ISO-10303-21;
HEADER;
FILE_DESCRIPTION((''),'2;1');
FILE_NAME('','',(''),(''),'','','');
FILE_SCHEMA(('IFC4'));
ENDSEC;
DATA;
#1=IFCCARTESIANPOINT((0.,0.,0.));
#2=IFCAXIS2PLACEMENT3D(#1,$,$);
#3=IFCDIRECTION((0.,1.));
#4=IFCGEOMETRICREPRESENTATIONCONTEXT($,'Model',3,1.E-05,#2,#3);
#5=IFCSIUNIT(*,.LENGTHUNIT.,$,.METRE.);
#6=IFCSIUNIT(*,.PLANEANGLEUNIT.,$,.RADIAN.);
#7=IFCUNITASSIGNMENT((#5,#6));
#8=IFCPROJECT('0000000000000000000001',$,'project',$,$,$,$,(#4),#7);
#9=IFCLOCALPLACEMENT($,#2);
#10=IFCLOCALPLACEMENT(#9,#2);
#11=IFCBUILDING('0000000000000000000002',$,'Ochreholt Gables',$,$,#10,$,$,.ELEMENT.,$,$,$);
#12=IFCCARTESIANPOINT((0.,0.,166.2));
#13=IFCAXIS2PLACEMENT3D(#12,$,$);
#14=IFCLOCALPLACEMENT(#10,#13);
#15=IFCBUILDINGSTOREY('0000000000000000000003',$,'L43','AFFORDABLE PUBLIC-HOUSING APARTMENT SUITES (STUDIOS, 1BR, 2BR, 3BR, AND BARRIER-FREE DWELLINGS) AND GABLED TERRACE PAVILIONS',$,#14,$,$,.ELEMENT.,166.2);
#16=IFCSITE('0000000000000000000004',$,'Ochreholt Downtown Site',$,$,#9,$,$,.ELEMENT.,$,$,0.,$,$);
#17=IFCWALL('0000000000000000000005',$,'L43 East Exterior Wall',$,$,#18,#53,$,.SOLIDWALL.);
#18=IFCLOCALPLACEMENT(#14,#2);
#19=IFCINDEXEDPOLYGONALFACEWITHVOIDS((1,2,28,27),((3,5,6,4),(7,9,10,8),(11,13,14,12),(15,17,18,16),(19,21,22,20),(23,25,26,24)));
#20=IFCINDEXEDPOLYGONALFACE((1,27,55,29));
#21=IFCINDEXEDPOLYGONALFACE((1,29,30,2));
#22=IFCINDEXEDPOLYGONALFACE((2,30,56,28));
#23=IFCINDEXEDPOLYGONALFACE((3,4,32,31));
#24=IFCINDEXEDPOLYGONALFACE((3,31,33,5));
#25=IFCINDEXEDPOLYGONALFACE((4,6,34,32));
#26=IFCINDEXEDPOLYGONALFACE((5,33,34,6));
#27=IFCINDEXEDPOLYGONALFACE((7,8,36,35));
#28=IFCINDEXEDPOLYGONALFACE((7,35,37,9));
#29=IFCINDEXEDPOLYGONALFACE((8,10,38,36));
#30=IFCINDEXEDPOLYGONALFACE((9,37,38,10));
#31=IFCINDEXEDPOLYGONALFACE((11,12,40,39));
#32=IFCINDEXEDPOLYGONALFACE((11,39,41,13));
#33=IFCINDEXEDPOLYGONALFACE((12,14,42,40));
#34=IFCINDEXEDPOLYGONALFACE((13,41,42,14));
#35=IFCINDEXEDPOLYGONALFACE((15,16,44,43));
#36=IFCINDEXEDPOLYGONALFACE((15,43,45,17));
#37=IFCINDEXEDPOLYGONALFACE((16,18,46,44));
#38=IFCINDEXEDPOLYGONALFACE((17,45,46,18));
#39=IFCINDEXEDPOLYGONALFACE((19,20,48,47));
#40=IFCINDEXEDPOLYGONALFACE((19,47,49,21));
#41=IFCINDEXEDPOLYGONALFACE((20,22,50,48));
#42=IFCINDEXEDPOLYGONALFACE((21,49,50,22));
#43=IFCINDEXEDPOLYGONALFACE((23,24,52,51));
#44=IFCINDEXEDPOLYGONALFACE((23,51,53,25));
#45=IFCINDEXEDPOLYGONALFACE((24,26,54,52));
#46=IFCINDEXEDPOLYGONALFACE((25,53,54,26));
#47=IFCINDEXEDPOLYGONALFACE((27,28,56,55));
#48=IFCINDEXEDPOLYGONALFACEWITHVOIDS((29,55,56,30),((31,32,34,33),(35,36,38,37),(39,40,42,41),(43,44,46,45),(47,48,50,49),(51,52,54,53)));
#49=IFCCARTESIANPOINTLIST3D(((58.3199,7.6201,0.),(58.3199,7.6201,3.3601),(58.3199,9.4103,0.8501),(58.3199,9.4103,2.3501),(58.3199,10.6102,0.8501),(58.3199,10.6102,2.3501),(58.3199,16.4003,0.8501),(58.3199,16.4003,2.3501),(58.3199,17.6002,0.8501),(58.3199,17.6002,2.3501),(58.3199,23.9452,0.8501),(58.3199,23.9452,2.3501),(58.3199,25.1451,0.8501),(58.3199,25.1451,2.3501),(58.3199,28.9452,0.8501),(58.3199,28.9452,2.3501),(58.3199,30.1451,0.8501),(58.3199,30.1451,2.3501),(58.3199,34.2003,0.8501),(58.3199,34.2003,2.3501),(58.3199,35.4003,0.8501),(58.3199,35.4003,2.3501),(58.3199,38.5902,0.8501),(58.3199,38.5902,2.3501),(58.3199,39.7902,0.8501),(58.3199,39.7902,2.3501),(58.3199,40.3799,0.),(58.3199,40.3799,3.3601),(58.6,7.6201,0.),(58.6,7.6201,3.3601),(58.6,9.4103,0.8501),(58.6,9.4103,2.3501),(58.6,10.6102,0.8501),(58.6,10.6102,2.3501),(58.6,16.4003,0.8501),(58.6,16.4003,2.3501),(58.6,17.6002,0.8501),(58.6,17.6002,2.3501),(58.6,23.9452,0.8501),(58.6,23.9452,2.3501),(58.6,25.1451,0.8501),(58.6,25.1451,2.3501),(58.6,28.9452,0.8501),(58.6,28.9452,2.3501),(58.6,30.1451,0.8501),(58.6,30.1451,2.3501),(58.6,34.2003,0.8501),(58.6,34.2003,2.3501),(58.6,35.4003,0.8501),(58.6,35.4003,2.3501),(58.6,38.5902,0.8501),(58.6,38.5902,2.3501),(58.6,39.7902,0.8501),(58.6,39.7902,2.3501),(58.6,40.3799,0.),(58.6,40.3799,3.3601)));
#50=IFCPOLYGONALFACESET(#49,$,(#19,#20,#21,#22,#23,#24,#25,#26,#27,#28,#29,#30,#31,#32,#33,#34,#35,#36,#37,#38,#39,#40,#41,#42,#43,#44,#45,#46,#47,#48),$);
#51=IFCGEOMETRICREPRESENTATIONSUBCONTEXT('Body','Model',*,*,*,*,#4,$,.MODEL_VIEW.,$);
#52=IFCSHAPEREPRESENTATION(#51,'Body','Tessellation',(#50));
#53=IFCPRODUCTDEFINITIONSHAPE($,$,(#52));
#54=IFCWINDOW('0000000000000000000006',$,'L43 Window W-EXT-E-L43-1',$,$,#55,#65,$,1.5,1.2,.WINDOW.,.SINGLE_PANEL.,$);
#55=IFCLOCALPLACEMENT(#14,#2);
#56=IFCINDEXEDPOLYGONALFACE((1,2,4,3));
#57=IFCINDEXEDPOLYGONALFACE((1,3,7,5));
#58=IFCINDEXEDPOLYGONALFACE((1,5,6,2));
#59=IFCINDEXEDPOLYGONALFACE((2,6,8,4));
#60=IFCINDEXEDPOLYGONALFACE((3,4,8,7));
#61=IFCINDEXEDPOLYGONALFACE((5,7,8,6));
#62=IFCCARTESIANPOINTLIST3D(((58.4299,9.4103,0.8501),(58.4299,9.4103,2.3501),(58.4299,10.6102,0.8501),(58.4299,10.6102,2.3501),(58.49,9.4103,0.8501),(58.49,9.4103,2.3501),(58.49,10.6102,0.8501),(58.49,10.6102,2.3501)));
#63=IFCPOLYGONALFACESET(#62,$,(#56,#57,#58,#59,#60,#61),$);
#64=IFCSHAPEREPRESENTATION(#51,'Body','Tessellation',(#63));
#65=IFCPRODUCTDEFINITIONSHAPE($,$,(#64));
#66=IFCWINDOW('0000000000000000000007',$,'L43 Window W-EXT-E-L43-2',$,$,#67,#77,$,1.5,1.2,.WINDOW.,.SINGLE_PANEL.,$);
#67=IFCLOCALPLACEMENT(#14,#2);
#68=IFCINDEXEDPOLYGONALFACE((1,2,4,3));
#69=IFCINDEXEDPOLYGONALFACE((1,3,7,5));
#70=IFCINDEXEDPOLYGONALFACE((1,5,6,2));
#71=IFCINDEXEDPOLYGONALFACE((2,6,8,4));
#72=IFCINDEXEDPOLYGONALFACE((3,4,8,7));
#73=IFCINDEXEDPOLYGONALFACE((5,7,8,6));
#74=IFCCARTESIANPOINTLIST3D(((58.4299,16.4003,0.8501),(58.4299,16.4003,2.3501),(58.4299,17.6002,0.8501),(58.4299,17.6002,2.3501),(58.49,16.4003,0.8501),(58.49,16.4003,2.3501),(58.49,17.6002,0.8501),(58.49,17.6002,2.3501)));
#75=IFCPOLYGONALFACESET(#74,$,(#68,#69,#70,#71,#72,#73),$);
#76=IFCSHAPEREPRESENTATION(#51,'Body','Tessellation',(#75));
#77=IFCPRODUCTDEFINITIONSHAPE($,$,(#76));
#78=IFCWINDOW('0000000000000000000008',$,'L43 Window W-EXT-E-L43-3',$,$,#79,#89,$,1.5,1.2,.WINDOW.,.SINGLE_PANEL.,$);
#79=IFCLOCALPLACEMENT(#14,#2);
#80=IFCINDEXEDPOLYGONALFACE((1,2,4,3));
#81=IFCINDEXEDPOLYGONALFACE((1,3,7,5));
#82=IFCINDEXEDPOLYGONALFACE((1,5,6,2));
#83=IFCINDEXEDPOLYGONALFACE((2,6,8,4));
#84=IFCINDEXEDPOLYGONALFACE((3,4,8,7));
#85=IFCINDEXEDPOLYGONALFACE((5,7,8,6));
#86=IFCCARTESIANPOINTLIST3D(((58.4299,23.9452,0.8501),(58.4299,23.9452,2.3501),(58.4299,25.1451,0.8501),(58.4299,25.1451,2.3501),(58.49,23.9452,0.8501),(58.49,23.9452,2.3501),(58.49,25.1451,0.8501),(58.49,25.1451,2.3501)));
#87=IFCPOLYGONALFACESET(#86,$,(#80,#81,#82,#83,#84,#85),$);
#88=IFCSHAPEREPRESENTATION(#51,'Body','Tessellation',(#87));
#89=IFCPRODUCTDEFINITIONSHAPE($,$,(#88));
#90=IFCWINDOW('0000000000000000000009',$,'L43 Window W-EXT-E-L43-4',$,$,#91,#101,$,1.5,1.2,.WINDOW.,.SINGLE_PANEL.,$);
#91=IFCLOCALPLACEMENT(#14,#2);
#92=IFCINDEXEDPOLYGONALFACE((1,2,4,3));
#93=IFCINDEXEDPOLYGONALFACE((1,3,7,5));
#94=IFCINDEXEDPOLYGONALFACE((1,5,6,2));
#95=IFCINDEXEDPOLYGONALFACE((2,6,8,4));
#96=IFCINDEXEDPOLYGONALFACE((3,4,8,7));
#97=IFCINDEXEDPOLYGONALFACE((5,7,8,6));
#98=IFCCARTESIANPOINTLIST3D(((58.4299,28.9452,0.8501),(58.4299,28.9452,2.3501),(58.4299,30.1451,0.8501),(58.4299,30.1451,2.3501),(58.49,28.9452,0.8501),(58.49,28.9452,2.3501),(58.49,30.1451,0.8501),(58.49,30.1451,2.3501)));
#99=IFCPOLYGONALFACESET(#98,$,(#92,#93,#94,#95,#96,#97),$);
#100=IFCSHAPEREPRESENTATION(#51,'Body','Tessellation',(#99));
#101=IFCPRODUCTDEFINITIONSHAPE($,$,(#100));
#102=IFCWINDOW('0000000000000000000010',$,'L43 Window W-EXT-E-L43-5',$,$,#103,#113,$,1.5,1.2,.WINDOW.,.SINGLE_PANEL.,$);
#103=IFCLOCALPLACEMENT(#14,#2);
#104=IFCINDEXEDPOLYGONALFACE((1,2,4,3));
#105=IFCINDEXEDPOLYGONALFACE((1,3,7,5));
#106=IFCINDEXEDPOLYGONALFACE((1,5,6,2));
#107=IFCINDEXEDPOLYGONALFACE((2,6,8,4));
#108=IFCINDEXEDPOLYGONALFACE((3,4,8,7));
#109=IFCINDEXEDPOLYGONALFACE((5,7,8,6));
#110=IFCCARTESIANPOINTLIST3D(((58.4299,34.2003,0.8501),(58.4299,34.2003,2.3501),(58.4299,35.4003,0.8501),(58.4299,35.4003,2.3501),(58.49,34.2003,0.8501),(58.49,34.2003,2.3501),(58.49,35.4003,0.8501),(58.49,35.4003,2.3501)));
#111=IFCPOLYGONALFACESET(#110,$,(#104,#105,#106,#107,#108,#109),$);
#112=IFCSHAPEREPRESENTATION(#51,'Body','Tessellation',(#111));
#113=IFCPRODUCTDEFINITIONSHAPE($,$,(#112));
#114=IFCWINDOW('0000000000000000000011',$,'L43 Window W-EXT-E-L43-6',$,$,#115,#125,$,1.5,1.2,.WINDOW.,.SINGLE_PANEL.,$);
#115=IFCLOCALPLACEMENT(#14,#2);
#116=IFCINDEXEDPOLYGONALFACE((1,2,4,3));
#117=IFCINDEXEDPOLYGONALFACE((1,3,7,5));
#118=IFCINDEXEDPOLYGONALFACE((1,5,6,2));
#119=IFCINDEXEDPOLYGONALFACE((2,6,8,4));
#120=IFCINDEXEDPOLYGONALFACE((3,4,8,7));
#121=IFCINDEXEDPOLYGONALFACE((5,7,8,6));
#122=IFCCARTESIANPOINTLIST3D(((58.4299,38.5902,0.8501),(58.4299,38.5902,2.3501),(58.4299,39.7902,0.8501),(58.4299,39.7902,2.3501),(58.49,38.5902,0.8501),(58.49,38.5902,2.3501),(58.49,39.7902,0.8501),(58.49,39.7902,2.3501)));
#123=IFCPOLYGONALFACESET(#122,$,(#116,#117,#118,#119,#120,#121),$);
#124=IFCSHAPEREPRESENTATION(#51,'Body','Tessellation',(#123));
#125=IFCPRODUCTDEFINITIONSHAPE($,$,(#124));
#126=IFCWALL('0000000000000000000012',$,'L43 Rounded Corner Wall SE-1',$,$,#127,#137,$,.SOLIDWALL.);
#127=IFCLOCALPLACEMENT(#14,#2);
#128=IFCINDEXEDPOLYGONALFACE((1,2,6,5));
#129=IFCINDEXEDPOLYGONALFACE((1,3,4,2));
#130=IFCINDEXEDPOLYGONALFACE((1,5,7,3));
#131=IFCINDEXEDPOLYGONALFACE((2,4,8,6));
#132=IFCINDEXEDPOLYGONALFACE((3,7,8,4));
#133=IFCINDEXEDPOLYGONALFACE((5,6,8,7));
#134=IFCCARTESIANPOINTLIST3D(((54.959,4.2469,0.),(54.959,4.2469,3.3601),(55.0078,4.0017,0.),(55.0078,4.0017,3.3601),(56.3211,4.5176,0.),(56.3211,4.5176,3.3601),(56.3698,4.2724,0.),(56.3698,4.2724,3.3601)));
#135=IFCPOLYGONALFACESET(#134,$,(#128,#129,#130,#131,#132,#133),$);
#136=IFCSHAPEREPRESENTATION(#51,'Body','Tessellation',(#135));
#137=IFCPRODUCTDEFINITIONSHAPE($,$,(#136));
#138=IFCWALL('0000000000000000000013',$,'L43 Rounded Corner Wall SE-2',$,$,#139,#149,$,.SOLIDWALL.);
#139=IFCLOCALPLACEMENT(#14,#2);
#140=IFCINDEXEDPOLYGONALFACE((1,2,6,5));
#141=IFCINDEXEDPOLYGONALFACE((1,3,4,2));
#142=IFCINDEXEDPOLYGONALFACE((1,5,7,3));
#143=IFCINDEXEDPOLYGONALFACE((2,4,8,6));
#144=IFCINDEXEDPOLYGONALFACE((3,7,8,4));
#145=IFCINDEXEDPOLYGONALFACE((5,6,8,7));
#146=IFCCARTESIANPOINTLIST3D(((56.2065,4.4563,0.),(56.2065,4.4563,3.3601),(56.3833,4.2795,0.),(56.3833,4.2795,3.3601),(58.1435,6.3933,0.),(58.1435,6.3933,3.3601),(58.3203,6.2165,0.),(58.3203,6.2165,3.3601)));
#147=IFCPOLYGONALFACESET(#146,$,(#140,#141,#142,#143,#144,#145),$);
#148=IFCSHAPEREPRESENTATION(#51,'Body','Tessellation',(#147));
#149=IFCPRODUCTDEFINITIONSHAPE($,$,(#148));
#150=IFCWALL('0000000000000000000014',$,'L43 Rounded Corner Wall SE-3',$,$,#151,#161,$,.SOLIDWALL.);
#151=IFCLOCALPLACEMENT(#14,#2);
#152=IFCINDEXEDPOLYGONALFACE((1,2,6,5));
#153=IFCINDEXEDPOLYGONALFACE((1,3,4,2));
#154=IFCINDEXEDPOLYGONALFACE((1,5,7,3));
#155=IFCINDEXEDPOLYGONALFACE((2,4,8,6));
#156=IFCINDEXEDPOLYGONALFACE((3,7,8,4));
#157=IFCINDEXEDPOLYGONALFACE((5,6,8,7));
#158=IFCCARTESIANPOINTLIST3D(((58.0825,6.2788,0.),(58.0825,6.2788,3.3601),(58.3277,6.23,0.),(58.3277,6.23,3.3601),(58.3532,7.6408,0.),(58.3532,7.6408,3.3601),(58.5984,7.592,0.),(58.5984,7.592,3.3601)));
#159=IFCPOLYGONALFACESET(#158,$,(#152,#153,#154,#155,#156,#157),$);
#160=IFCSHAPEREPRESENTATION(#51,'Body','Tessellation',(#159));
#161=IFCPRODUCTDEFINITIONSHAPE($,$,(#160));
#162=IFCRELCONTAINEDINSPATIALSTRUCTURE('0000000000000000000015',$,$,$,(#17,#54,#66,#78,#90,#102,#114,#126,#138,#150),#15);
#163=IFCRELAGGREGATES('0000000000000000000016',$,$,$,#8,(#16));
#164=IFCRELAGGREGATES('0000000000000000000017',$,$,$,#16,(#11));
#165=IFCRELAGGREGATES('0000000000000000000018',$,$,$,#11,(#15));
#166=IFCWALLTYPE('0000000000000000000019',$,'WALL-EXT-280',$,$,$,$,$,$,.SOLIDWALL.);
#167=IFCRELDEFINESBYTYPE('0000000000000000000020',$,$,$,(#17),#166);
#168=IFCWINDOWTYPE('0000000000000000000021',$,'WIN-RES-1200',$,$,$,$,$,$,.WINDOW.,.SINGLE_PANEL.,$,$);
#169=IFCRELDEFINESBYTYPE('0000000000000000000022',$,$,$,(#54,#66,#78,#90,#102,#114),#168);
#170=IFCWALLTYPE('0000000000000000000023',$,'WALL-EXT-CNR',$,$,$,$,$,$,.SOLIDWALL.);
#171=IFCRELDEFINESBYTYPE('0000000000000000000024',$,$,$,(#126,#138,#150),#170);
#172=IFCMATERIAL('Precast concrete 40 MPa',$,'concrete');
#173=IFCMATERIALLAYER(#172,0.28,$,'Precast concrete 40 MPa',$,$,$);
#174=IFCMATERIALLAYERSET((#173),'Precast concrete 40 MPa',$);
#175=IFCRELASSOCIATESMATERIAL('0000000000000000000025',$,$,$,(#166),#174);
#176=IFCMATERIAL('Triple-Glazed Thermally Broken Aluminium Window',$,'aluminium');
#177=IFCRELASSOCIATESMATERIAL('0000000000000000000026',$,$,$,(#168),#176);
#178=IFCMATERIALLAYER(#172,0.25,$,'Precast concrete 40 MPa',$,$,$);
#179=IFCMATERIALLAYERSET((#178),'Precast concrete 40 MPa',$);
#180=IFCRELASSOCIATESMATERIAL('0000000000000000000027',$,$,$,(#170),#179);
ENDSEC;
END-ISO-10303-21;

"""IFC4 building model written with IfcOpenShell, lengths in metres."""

from ifc_helpers import new_model, si_unit, direction, frame, frame_2d, origin, place, context, subcontext, project, spatial, rectangle, extrude, material, layer, layer_set, type_object, element, fill, save


model = new_model("IFC4")

# Units and contexts
model_context = context("Model", 3, precision=1e-05, world=origin(), true_north=direction((0.0, 1.0)))
body_context = subcontext(model_context, "Body", "Model", "MODEL_VIEW")
ifc_project = project(units=[si_unit("LENGTHUNIT", "METRE"), si_unit("PLANEANGLEUNIT", "RADIAN")], contexts=[model_context])

# Site, building, storey
site_placement = place(None, origin())
site = spatial("IfcSite", under=ifc_project, at=site_placement, Name="Ochreholt Downtown Site", CompositionType="ELEMENT", RefElevation=0.0)
building_placement = place(site_placement, origin())
building = spatial("IfcBuilding", under=site, at=building_placement, Name="Ochreholt Gables", CompositionType="ELEMENT")
storey_placement = place(building_placement, frame((0.0, 0.0, 166.2)))
storey = spatial("IfcBuildingStorey", under=building, at=storey_placement, Name="L43", Description="AFFORDABLE PUBLIC-HOUSING APARTMENT SUITES (STUDIOS, 1BR, 2BR, 3BR, AND BARRIER-FREE DWELLINGS) AND GABLED TERRACE PAVILIONS", CompositionType="ELEMENT", Elevation=166.2)

# Wall, openings, windows
ifc_material_1 = material(Name="Precast concrete 40 MPa", Category="concrete")
ifc_layer_1 = layer(ifc_material_1, 0.28, Name="Precast concrete 40 MPa")
ifc_layer_set_1 = layer_set([ifc_layer_1], Name="Precast concrete 40 MPa")
wall_type_1 = type_object("IfcWallType", Name="WALL-EXT-280", PredefinedType="SOLIDWALL", material=ifc_layer_set_1)
wall_1_placement = place(storey_placement, frame((58.46, 7.6201, 0.0), z_axis=(0.0, 0.0, 1.0), x_axis=(0.0, 1.0, 0.0)))
wall_1 = element("IfcWall", 1, at=wall_1_placement, inside=storey, type_object=wall_type_1, Name="L43 East Exterior Wall", PredefinedType="SOLIDWALL", context=body_context, shape_type="SweptSolid", body=[
    extrude(rectangle(XDim=32.7598, YDim=0.28, at=frame_2d((16.3799, 0.0))), origin(), (0.0, 0.0, 1.0), 3.3601),
])
opening_1_placement = place(wall_1_placement, frame((1.79, 0.0, 0.8501)))
opening_1 = element("IfcOpeningElement", 2, at=opening_1_placement, cuts=wall_1, PredefinedType="OPENING", context=body_context, shape_type="SweptSolid", body=[
    extrude(rectangle(XDim=1.2, YDim=1.5, at=frame_2d((0.6001, 0.75))), frame((0.0, 0.1499, 0.0), z_axis=(0.0, -1.0, 0.0), x_axis=(1.0, 0.0, 0.0)), (0.0, 0.0, 1.0), 0.3),
])
opening_2_placement = place(wall_1_placement, frame((8.78, 0.0, 0.8501)))
opening_2 = element("IfcOpeningElement", 3, at=opening_2_placement, cuts=wall_1, PredefinedType="OPENING", context=body_context, shape_type="SweptSolid", body=[
    extrude(rectangle(XDim=1.2, YDim=1.5, at=frame_2d((0.6001, 0.75))), frame((0.0, 0.1499, 0.0), z_axis=(0.0, -1.0, 0.0), x_axis=(1.0, 0.0, 0.0)), (0.0, 0.0, 1.0), 0.3),
])
opening_3_placement = place(wall_1_placement, frame((16.325, 0.0, 0.8501)))
opening_3 = element("IfcOpeningElement", 4, at=opening_3_placement, cuts=wall_1, PredefinedType="OPENING", context=body_context, shape_type="SweptSolid", body=[
    extrude(rectangle(XDim=1.2, YDim=1.5, at=frame_2d((0.6001, 0.75))), frame((0.0, 0.1499, 0.0), z_axis=(0.0, -1.0, 0.0), x_axis=(1.0, 0.0, 0.0)), (0.0, 0.0, 1.0), 0.3),
])
opening_4_placement = place(wall_1_placement, frame((21.325, 0.0, 0.8501)))
opening_4 = element("IfcOpeningElement", 5, at=opening_4_placement, cuts=wall_1, PredefinedType="OPENING", context=body_context, shape_type="SweptSolid", body=[
    extrude(rectangle(XDim=1.2, YDim=1.5, at=frame_2d((0.6001, 0.75))), frame((0.0, 0.1499, 0.0), z_axis=(0.0, -1.0, 0.0), x_axis=(1.0, 0.0, 0.0)), (0.0, 0.0, 1.0), 0.3),
])
opening_5_placement = place(wall_1_placement, frame((26.5801, 0.0, 0.8501)))
opening_5 = element("IfcOpeningElement", 6, at=opening_5_placement, cuts=wall_1, PredefinedType="OPENING", context=body_context, shape_type="SweptSolid", body=[
    extrude(rectangle(XDim=1.2, YDim=1.5, at=frame_2d((0.6001, 0.75))), frame((0.0, 0.1499, 0.0), z_axis=(0.0, -1.0, 0.0), x_axis=(1.0, 0.0, 0.0)), (0.0, 0.0, 1.0), 0.3),
])
opening_6_placement = place(wall_1_placement, frame((30.97, 0.0, 0.8501)))
opening_6 = element("IfcOpeningElement", 7, at=opening_6_placement, cuts=wall_1, PredefinedType="OPENING", context=body_context, shape_type="SweptSolid", body=[
    extrude(rectangle(XDim=1.2, YDim=1.5, at=frame_2d((0.6001, 0.75))), frame((0.0, 0.1499, 0.0), z_axis=(0.0, -1.0, 0.0), x_axis=(1.0, 0.0, 0.0)), (0.0, 0.0, 1.0), 0.3),
])
ifc_material_2 = material(Name="Triple-Glazed Thermally Broken Aluminium Window", Category="aluminium")
window_type = type_object("IfcWindowType", Name="WIN-RES-1200", PartitioningType="SINGLE_PANEL", PredefinedType="WINDOW", material=ifc_material_2)
window_1_placement = place(opening_1_placement, origin())
window_1 = element("IfcWindow", 8, at=window_1_placement, inside=storey, type_object=window_type, Name="L43 Window W-EXT-E-L43-1", OverallHeight=1.5, OverallWidth=1.2, PartitioningType="SINGLE_PANEL", PredefinedType="WINDOW", context=body_context, shape_type="SweptSolid", body=[
    extrude(rectangle(XDim=1.2, YDim=1.5, at=frame_2d((0.6001, 0.75))), frame((0.0, 0.03, 0.0), z_axis=(0.0, -1.0, 0.0), x_axis=(1.0, 0.0, 0.0)), (0.0, 0.0, 1.0), 0.0601),
])
fill(opening_1, window_1)
window_2_placement = place(opening_2_placement, origin())
window_2 = element("IfcWindow", 9, at=window_2_placement, inside=storey, type_object=window_type, Name="L43 Window W-EXT-E-L43-2", OverallHeight=1.5, OverallWidth=1.2, PartitioningType="SINGLE_PANEL", PredefinedType="WINDOW", context=body_context, shape_type="SweptSolid", body=[
    extrude(rectangle(XDim=1.2, YDim=1.5, at=frame_2d((0.6001, 0.75))), frame((0.0, 0.03, 0.0), z_axis=(0.0, -1.0, 0.0), x_axis=(1.0, 0.0, 0.0)), (0.0, 0.0, 1.0), 0.0601),
])
fill(opening_2, window_2)
window_3_placement = place(opening_3_placement, origin())
window_3 = element("IfcWindow", 10, at=window_3_placement, inside=storey, type_object=window_type, Name="L43 Window W-EXT-E-L43-3", OverallHeight=1.5, OverallWidth=1.2, PartitioningType="SINGLE_PANEL", PredefinedType="WINDOW", context=body_context, shape_type="SweptSolid", body=[
    extrude(rectangle(XDim=1.2, YDim=1.5, at=frame_2d((0.6001, 0.75))), frame((0.0, 0.03, 0.0), z_axis=(0.0, -1.0, 0.0), x_axis=(1.0, 0.0, 0.0)), (0.0, 0.0, 1.0), 0.0601),
])
fill(opening_3, window_3)
window_4_placement = place(opening_4_placement, origin())
window_4 = element("IfcWindow", 11, at=window_4_placement, inside=storey, type_object=window_type, Name="L43 Window W-EXT-E-L43-4", OverallHeight=1.5, OverallWidth=1.2, PartitioningType="SINGLE_PANEL", PredefinedType="WINDOW", context=body_context, shape_type="SweptSolid", body=[
    extrude(rectangle(XDim=1.2, YDim=1.5, at=frame_2d((0.6001, 0.75))), frame((0.0, 0.03, 0.0), z_axis=(0.0, -1.0, 0.0), x_axis=(1.0, 0.0, 0.0)), (0.0, 0.0, 1.0), 0.0601),
])
fill(opening_4, window_4)
window_5_placement = place(opening_5_placement, origin())
window_5 = element("IfcWindow", 12, at=window_5_placement, inside=storey, type_object=window_type, Name="L43 Window W-EXT-E-L43-5", OverallHeight=1.5, OverallWidth=1.2, PartitioningType="SINGLE_PANEL", PredefinedType="WINDOW", context=body_context, shape_type="SweptSolid", body=[
    extrude(rectangle(XDim=1.2, YDim=1.5, at=frame_2d((0.6001, 0.75))), frame((0.0, 0.03, 0.0), z_axis=(0.0, -1.0, 0.0), x_axis=(1.0, 0.0, 0.0)), (0.0, 0.0, 1.0), 0.0601),
])
fill(opening_5, window_5)
window_6_placement = place(opening_6_placement, origin())
window_6 = element("IfcWindow", 13, at=window_6_placement, inside=storey, type_object=window_type, Name="L43 Window W-EXT-E-L43-6", OverallHeight=1.5, OverallWidth=1.2, PartitioningType="SINGLE_PANEL", PredefinedType="WINDOW", context=body_context, shape_type="SweptSolid", body=[
    extrude(rectangle(XDim=1.2, YDim=1.5, at=frame_2d((0.6001, 0.75))), frame((0.0, 0.03, 0.0), z_axis=(0.0, -1.0, 0.0), x_axis=(1.0, 0.0, 0.0)), (0.0, 0.0, 1.0), 0.0601),
])
fill(opening_6, window_6)

# Walls
ifc_layer_2 = layer(ifc_material_1, 0.25, Name="Precast concrete 40 MPa")
ifc_layer_set_2 = layer_set([ifc_layer_2], Name="Precast concrete 40 MPa")
wall_type_2 = type_object("IfcWallType", Name="WALL-EXT-CNR", PredefinedType="SOLIDWALL", material=ifc_layer_set_2)
wall_2_placement = place(storey_placement, frame((54.9834, 4.1243, 0.0), z_axis=(0.0, 0.0, 1.0), x_axis=(0.98081, 0.194967, 0.0)))
element("IfcWall", 14, at=wall_2_placement, inside=storey, type_object=wall_type_2, Name="L43 Rounded Corner Wall SE-1", PredefinedType="SOLIDWALL", context=body_context, shape_type="SweptSolid", body=[
    extrude(rectangle(XDim=1.3887, YDim=0.25, at=frame_2d((0.6943, 0.0))), origin(), (0.0, 0.0, 1.0), 3.3601),
])
wall_3_placement = place(storey_placement, frame((56.2949, 4.3679, 0.0), z_axis=(0.0, 0.0, 1.0), x_axis=(0.707107, 0.707107, 0.0)))
element("IfcWall", 15, at=wall_3_placement, inside=storey, type_object=wall_type_2, Name="L43 Rounded Corner Wall SE-2", PredefinedType="SOLIDWALL", context=body_context, shape_type="SweptSolid", body=[
    extrude(rectangle(XDim=2.7393, YDim=0.25, at=frame_2d((1.3696, 0.0))), origin(), (0.0, 0.0, 1.0), 3.3601),
])
wall_4_placement = place(storey_placement, frame((58.2051, 6.2544, 0.0), z_axis=(0.0, 0.0, 1.0), x_axis=(0.194967, 0.98081, 0.0)))
element("IfcWall", 16, at=wall_4_placement, inside=storey, type_object=wall_type_2, Name="L43 Rounded Corner Wall SE-3", PredefinedType="SOLIDWALL", context=body_context, shape_type="SweptSolid", body=[
    extrude(rectangle(XDim=1.3887, YDim=0.25, at=frame_2d((0.6943, 0.0))), origin(), (0.0, 0.0, 1.0), 3.3601),
])

save(model, "model.ifc")
